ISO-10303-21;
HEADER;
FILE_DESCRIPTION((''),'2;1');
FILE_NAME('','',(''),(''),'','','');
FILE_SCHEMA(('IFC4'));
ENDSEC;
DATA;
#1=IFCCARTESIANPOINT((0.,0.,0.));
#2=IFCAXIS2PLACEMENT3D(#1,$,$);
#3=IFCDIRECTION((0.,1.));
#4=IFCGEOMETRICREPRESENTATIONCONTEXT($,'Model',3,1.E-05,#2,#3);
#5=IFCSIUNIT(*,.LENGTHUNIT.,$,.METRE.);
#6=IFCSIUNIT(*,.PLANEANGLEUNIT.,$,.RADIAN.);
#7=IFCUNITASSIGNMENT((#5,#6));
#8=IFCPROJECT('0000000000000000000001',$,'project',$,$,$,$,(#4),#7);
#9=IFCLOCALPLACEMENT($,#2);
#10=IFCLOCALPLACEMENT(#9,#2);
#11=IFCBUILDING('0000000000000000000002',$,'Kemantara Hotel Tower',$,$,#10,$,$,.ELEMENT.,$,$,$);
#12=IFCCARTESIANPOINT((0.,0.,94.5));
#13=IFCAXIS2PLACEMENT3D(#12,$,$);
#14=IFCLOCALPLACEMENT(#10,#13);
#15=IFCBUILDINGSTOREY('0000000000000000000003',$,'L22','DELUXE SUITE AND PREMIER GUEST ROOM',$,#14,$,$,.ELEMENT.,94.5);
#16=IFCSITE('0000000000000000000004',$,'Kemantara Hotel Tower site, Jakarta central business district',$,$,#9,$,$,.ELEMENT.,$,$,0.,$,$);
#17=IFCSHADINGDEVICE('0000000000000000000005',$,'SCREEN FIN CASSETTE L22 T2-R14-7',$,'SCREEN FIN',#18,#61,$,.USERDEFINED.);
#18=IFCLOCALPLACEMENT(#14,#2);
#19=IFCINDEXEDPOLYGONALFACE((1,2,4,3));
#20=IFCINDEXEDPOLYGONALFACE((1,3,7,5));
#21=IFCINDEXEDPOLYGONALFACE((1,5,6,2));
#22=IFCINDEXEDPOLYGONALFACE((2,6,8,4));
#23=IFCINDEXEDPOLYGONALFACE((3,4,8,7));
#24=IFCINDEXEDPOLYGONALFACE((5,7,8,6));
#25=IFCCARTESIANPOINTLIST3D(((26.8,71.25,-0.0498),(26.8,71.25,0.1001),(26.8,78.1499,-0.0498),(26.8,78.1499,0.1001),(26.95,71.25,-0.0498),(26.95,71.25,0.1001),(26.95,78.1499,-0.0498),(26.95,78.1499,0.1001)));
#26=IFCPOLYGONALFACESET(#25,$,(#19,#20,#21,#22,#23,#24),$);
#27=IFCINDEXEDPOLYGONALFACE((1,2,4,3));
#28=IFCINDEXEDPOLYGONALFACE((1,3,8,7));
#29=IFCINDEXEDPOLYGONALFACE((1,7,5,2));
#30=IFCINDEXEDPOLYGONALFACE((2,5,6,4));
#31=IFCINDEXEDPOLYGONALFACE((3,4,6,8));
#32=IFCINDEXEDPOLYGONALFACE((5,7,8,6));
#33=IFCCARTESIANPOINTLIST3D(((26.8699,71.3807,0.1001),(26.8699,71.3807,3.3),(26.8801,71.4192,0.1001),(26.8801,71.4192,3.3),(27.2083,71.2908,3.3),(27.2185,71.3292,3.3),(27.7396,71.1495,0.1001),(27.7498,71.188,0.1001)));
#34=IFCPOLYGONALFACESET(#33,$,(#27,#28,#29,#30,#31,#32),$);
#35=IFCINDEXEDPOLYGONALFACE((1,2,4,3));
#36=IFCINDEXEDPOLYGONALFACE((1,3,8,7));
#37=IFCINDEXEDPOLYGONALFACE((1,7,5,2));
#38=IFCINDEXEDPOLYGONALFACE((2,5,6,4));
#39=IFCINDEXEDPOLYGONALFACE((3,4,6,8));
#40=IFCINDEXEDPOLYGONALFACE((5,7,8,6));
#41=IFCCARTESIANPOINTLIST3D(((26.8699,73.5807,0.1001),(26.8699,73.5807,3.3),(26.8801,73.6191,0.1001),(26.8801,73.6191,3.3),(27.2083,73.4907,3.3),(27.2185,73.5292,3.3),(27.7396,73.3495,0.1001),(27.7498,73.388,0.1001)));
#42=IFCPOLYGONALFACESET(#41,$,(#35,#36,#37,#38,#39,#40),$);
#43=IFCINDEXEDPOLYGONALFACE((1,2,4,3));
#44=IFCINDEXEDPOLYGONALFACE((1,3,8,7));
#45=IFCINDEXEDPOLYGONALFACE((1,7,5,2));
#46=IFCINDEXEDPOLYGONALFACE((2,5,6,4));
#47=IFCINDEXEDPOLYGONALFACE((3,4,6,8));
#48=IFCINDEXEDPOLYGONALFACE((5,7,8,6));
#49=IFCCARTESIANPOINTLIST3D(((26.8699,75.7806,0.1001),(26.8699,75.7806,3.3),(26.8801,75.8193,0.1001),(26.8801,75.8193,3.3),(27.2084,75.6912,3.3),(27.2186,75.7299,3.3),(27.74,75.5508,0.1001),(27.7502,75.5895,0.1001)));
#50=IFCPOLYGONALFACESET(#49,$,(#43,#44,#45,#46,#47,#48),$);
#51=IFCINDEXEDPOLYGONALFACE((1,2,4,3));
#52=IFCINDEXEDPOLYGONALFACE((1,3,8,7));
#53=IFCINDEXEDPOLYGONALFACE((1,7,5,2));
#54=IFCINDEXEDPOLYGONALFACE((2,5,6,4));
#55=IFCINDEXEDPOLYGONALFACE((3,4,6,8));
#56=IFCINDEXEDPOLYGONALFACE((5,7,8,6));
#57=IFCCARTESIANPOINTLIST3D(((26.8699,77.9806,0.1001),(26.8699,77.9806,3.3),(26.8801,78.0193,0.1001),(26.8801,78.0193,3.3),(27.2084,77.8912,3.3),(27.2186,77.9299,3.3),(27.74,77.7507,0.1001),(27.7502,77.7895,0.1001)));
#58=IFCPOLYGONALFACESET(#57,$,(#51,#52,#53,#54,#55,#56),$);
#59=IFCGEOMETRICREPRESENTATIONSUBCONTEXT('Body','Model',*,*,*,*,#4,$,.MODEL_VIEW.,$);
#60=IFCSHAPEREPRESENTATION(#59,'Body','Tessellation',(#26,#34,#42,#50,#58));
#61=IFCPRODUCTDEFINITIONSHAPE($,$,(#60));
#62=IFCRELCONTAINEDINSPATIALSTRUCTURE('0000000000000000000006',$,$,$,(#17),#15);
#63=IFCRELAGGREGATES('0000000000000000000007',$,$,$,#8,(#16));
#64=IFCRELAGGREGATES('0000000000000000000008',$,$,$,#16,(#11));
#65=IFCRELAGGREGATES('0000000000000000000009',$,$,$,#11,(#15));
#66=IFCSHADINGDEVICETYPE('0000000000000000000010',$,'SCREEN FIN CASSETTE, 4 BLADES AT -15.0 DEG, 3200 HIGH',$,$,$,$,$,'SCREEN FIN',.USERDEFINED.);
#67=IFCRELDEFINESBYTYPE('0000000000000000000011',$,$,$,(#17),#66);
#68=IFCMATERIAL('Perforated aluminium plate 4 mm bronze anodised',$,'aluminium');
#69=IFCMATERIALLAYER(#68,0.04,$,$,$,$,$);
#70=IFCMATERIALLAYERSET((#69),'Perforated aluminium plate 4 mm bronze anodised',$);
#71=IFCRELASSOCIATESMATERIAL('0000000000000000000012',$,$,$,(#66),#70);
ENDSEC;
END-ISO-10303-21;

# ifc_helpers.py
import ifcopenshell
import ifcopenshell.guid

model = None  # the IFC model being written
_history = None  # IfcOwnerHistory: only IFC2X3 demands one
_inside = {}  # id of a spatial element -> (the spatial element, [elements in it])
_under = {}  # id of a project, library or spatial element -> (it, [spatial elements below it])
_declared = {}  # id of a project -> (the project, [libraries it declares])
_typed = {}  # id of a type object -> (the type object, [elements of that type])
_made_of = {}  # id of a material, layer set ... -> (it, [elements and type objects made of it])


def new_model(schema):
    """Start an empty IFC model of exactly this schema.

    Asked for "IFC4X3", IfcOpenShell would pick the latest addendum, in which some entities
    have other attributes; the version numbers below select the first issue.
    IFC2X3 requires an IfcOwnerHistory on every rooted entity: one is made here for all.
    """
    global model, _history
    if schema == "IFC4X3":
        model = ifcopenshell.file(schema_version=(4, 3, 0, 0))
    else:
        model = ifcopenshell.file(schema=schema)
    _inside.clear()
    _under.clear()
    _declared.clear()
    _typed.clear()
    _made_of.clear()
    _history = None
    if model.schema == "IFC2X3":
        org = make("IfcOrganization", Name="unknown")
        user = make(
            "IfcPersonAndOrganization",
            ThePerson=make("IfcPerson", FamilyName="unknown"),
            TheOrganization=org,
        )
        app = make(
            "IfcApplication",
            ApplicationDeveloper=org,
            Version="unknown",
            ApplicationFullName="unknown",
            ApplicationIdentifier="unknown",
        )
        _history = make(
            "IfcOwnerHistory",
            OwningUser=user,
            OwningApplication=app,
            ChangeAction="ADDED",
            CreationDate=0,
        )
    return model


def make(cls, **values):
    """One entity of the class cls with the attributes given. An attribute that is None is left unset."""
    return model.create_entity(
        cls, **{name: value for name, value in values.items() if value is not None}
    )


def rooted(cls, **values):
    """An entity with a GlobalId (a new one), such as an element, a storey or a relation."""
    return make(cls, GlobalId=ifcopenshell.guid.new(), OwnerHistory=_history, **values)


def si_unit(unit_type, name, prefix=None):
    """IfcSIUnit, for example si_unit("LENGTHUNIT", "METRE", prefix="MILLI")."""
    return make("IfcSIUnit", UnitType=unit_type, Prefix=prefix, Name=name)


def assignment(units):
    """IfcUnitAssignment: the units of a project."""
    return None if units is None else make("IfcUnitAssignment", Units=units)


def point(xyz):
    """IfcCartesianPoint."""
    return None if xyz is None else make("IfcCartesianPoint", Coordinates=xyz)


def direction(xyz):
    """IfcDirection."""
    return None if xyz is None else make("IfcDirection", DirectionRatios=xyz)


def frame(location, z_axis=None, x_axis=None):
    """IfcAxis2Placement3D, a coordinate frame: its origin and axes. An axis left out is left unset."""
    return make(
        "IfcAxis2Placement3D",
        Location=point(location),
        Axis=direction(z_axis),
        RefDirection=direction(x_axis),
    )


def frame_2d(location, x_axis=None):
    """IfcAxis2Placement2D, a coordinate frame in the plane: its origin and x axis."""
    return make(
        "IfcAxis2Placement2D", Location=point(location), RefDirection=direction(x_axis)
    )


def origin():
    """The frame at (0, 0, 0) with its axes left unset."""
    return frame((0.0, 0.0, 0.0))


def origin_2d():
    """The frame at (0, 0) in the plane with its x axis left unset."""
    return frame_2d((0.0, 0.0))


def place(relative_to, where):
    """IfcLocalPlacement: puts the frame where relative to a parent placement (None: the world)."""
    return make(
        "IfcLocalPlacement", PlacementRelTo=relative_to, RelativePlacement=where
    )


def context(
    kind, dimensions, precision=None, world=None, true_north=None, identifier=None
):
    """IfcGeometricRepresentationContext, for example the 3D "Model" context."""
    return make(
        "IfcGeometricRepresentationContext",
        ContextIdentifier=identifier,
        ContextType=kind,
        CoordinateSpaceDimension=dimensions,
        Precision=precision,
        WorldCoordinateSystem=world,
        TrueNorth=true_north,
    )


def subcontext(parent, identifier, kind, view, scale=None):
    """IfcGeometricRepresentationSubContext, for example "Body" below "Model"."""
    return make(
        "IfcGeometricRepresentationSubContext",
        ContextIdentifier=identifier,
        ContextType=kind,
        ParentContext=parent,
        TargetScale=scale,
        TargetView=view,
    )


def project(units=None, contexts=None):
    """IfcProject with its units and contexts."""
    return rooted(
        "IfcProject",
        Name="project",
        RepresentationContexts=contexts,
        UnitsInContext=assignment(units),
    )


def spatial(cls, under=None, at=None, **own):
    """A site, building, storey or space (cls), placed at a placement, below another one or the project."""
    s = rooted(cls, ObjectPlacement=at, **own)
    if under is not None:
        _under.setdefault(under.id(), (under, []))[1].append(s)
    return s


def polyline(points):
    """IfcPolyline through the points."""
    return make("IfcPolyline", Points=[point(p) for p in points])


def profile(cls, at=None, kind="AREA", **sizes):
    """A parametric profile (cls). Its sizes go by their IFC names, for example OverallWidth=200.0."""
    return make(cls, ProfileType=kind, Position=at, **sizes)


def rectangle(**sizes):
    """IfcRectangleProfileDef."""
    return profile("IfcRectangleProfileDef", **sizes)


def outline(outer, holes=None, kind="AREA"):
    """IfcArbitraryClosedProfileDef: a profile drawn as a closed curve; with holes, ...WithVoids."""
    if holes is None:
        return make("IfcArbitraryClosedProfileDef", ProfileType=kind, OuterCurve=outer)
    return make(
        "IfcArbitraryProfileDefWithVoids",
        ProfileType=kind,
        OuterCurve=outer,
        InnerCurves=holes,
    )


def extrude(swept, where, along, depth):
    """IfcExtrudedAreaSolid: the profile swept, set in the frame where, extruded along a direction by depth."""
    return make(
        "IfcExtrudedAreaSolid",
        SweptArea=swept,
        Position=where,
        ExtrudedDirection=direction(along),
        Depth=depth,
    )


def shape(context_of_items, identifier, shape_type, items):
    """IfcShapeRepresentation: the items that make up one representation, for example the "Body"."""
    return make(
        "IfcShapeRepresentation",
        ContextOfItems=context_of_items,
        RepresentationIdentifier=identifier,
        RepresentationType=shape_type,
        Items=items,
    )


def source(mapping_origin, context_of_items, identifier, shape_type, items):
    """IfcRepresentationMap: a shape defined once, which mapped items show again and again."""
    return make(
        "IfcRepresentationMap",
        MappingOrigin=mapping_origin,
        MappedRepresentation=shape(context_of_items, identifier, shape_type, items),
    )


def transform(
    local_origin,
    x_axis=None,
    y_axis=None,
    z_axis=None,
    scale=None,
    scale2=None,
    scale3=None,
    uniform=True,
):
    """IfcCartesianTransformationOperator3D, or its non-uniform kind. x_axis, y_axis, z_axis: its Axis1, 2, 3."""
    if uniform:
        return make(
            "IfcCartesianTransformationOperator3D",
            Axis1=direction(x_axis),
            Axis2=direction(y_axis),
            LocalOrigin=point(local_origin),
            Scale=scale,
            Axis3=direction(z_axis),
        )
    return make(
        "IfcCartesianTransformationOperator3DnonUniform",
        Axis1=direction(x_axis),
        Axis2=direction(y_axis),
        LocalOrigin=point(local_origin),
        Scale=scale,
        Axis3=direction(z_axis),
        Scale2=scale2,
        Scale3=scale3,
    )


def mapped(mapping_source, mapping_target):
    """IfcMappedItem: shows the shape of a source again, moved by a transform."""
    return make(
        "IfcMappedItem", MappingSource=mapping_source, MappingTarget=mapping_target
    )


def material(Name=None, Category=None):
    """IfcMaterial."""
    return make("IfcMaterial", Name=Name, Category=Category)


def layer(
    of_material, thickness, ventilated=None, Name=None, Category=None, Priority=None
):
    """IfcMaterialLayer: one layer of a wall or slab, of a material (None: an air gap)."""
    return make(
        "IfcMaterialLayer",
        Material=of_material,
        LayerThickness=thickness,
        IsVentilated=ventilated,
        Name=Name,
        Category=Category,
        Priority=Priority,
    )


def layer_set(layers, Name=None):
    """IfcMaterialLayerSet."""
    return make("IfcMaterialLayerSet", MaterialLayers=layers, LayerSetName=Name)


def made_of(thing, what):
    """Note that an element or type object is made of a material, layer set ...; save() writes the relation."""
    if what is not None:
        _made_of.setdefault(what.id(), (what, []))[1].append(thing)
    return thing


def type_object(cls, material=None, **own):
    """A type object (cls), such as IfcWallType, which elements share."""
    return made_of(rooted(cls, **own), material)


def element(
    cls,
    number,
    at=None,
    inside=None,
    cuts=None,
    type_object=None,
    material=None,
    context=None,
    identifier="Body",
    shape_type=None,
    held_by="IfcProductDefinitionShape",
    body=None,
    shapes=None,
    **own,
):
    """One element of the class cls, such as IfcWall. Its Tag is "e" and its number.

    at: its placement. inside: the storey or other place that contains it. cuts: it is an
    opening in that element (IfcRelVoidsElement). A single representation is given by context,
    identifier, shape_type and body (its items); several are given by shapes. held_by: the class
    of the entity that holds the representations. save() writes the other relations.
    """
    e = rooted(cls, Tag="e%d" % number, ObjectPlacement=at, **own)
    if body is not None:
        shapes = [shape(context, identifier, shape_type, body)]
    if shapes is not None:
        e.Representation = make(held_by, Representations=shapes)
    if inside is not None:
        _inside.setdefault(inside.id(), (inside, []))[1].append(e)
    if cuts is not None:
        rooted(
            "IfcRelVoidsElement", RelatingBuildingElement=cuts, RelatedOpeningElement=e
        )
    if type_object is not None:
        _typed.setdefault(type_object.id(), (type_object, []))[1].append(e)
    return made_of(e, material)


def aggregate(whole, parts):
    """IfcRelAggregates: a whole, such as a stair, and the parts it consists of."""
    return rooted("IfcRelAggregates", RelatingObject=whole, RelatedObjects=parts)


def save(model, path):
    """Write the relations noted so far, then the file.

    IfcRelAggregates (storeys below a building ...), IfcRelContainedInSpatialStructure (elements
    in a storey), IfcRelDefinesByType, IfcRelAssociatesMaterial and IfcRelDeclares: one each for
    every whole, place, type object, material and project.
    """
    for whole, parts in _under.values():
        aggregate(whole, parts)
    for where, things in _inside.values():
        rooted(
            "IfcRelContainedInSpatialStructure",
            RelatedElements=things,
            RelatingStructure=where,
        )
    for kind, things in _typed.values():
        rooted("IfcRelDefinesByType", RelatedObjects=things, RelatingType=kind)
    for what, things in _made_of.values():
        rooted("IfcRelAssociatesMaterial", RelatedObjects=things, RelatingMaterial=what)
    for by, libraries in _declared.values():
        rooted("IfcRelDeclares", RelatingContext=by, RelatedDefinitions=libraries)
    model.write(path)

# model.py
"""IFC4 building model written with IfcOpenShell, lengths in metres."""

from ifc_helpers import new_model, si_unit, direction, frame, origin, origin_2d, place, context, subcontext, project, spatial, polyline, rectangle, outline, extrude, source, transform, mapped, material, layer, layer_set, type_object, element, save


model = new_model("IFC4")

# Units and contexts
model_context = context("Model", 3, precision=1e-05, world=origin(), true_north=direction((0.0, 1.0)))
body_context = subcontext(model_context, "Body", "Model", "MODEL_VIEW")
ifc_project = project(units=[si_unit("LENGTHUNIT", "METRE"), si_unit("PLANEANGLEUNIT", "RADIAN")], contexts=[model_context])

# Site, building, storey
site_placement = place(None, origin())
site = spatial("IfcSite", under=ifc_project, at=site_placement, Name="Kemantara Hotel Tower site, Jakarta central business district", CompositionType="ELEMENT", RefElevation=0.0)
building_placement = place(site_placement, origin())
building = spatial("IfcBuilding", under=site, at=building_placement, Name="Kemantara Hotel Tower", CompositionType="ELEMENT")
storey_placement = place(building_placement, frame((0.0, 0.0, 94.5)))
storey = spatial("IfcBuildingStorey", under=building, at=storey_placement, Name="L22", Description="DELUXE SUITE AND PREMIER GUEST ROOM", CompositionType="ELEMENT", Elevation=94.5)

# Shading device
ifc_material_1 = material(Name="Perforated aluminium plate 4 mm bronze anodised", Category="aluminium")
ifc_layer_1 = layer(ifc_material_1, 0.04)
ifc_layer_set_1 = layer_set([ifc_layer_1], Name="Perforated aluminium plate 4 mm bronze anodised")
shading_device_type_1 = type_object("IfcShadingDeviceType", Name="SCREEN FIN CASSETTE, 4 BLADES AT -15.0 DEG, 3200 HIGH", ElementType="SCREEN FIN", PredefinedType="USERDEFINED", material=ifc_layer_set_1)
shared_shape_1 = source(origin(), body_context, "Body", "SweptSolid", [
    extrude(rectangle(XDim=6.8999, YDim=0.1499, at=origin_2d()), frame((3.3, -0.075, -0.1499), z_axis=(0.0, 0.0, 1.0), x_axis=(1.0, 0.0, 0.0)), (0.0, 0.0, 1.0), 0.1499),
    extrude(outline(polyline([(0.0, 0.0), (0.8999, 0.0), (0.3501, 3.2), (0.0, 3.2), (0.0, 0.0)])), frame((0.0193, -0.0801, 0.0), z_axis=(-0.966438, 0.256901, 0.0), x_axis=(-0.256901, -0.966438, 0.0)), (0.0, 0.0, 1.0), 0.0398),
    extrude(outline(polyline([(0.0, 0.0), (0.8999, 0.0), (0.3501, 3.2), (0.0, 3.2), (0.0, 0.0)])), frame((2.2192, -0.0801, 0.0), z_axis=(-0.966438, 0.256901, 0.0), x_axis=(-0.256901, -0.966438, 0.0)), (0.0, 0.0, 1.0), 0.0398),
    extrude(outline(polyline([(0.0, 0.0), (0.8999, 0.0), (0.3501, 3.2), (0.0, 3.2), (0.0, 0.0)])), frame((4.4194, -0.0801, 0.0), z_axis=(-0.966838, 0.255391, 0.0), x_axis=(-0.255391, -0.966838, 0.0)), (0.0, 0.0, 1.0), 0.04),
    extrude(outline(polyline([(0.0, 0.0), (0.8999, 0.0), (0.3501, 3.2), (0.0, 3.2), (0.0, 0.0)])), frame((6.6194, -0.0801, 0.0), z_axis=(-0.966838, 0.255391, 0.0), x_axis=(-0.255391, -0.966838, 0.0)), (0.0, 0.0, 1.0), 0.04),
])
shading_device_1_placement = place(storey_placement, frame((26.8, 71.3999, 0.1001), z_axis=(0.0, 0.0, 1.0), x_axis=(0.0, 1.0, 0.0)))
element("IfcShadingDevice", 1, at=shading_device_1_placement, inside=storey, type_object=shading_device_type_1, Name="SCREEN FIN CASSETTE L22 T2-R14-7", ObjectType="SCREEN FIN", PredefinedType="USERDEFINED", context=body_context, shape_type="MappedRepresentation", body=[
    mapped(shared_shape_1, transform((0.0, 0.0, 0.0))),
])

save(model, "model.ifc")
